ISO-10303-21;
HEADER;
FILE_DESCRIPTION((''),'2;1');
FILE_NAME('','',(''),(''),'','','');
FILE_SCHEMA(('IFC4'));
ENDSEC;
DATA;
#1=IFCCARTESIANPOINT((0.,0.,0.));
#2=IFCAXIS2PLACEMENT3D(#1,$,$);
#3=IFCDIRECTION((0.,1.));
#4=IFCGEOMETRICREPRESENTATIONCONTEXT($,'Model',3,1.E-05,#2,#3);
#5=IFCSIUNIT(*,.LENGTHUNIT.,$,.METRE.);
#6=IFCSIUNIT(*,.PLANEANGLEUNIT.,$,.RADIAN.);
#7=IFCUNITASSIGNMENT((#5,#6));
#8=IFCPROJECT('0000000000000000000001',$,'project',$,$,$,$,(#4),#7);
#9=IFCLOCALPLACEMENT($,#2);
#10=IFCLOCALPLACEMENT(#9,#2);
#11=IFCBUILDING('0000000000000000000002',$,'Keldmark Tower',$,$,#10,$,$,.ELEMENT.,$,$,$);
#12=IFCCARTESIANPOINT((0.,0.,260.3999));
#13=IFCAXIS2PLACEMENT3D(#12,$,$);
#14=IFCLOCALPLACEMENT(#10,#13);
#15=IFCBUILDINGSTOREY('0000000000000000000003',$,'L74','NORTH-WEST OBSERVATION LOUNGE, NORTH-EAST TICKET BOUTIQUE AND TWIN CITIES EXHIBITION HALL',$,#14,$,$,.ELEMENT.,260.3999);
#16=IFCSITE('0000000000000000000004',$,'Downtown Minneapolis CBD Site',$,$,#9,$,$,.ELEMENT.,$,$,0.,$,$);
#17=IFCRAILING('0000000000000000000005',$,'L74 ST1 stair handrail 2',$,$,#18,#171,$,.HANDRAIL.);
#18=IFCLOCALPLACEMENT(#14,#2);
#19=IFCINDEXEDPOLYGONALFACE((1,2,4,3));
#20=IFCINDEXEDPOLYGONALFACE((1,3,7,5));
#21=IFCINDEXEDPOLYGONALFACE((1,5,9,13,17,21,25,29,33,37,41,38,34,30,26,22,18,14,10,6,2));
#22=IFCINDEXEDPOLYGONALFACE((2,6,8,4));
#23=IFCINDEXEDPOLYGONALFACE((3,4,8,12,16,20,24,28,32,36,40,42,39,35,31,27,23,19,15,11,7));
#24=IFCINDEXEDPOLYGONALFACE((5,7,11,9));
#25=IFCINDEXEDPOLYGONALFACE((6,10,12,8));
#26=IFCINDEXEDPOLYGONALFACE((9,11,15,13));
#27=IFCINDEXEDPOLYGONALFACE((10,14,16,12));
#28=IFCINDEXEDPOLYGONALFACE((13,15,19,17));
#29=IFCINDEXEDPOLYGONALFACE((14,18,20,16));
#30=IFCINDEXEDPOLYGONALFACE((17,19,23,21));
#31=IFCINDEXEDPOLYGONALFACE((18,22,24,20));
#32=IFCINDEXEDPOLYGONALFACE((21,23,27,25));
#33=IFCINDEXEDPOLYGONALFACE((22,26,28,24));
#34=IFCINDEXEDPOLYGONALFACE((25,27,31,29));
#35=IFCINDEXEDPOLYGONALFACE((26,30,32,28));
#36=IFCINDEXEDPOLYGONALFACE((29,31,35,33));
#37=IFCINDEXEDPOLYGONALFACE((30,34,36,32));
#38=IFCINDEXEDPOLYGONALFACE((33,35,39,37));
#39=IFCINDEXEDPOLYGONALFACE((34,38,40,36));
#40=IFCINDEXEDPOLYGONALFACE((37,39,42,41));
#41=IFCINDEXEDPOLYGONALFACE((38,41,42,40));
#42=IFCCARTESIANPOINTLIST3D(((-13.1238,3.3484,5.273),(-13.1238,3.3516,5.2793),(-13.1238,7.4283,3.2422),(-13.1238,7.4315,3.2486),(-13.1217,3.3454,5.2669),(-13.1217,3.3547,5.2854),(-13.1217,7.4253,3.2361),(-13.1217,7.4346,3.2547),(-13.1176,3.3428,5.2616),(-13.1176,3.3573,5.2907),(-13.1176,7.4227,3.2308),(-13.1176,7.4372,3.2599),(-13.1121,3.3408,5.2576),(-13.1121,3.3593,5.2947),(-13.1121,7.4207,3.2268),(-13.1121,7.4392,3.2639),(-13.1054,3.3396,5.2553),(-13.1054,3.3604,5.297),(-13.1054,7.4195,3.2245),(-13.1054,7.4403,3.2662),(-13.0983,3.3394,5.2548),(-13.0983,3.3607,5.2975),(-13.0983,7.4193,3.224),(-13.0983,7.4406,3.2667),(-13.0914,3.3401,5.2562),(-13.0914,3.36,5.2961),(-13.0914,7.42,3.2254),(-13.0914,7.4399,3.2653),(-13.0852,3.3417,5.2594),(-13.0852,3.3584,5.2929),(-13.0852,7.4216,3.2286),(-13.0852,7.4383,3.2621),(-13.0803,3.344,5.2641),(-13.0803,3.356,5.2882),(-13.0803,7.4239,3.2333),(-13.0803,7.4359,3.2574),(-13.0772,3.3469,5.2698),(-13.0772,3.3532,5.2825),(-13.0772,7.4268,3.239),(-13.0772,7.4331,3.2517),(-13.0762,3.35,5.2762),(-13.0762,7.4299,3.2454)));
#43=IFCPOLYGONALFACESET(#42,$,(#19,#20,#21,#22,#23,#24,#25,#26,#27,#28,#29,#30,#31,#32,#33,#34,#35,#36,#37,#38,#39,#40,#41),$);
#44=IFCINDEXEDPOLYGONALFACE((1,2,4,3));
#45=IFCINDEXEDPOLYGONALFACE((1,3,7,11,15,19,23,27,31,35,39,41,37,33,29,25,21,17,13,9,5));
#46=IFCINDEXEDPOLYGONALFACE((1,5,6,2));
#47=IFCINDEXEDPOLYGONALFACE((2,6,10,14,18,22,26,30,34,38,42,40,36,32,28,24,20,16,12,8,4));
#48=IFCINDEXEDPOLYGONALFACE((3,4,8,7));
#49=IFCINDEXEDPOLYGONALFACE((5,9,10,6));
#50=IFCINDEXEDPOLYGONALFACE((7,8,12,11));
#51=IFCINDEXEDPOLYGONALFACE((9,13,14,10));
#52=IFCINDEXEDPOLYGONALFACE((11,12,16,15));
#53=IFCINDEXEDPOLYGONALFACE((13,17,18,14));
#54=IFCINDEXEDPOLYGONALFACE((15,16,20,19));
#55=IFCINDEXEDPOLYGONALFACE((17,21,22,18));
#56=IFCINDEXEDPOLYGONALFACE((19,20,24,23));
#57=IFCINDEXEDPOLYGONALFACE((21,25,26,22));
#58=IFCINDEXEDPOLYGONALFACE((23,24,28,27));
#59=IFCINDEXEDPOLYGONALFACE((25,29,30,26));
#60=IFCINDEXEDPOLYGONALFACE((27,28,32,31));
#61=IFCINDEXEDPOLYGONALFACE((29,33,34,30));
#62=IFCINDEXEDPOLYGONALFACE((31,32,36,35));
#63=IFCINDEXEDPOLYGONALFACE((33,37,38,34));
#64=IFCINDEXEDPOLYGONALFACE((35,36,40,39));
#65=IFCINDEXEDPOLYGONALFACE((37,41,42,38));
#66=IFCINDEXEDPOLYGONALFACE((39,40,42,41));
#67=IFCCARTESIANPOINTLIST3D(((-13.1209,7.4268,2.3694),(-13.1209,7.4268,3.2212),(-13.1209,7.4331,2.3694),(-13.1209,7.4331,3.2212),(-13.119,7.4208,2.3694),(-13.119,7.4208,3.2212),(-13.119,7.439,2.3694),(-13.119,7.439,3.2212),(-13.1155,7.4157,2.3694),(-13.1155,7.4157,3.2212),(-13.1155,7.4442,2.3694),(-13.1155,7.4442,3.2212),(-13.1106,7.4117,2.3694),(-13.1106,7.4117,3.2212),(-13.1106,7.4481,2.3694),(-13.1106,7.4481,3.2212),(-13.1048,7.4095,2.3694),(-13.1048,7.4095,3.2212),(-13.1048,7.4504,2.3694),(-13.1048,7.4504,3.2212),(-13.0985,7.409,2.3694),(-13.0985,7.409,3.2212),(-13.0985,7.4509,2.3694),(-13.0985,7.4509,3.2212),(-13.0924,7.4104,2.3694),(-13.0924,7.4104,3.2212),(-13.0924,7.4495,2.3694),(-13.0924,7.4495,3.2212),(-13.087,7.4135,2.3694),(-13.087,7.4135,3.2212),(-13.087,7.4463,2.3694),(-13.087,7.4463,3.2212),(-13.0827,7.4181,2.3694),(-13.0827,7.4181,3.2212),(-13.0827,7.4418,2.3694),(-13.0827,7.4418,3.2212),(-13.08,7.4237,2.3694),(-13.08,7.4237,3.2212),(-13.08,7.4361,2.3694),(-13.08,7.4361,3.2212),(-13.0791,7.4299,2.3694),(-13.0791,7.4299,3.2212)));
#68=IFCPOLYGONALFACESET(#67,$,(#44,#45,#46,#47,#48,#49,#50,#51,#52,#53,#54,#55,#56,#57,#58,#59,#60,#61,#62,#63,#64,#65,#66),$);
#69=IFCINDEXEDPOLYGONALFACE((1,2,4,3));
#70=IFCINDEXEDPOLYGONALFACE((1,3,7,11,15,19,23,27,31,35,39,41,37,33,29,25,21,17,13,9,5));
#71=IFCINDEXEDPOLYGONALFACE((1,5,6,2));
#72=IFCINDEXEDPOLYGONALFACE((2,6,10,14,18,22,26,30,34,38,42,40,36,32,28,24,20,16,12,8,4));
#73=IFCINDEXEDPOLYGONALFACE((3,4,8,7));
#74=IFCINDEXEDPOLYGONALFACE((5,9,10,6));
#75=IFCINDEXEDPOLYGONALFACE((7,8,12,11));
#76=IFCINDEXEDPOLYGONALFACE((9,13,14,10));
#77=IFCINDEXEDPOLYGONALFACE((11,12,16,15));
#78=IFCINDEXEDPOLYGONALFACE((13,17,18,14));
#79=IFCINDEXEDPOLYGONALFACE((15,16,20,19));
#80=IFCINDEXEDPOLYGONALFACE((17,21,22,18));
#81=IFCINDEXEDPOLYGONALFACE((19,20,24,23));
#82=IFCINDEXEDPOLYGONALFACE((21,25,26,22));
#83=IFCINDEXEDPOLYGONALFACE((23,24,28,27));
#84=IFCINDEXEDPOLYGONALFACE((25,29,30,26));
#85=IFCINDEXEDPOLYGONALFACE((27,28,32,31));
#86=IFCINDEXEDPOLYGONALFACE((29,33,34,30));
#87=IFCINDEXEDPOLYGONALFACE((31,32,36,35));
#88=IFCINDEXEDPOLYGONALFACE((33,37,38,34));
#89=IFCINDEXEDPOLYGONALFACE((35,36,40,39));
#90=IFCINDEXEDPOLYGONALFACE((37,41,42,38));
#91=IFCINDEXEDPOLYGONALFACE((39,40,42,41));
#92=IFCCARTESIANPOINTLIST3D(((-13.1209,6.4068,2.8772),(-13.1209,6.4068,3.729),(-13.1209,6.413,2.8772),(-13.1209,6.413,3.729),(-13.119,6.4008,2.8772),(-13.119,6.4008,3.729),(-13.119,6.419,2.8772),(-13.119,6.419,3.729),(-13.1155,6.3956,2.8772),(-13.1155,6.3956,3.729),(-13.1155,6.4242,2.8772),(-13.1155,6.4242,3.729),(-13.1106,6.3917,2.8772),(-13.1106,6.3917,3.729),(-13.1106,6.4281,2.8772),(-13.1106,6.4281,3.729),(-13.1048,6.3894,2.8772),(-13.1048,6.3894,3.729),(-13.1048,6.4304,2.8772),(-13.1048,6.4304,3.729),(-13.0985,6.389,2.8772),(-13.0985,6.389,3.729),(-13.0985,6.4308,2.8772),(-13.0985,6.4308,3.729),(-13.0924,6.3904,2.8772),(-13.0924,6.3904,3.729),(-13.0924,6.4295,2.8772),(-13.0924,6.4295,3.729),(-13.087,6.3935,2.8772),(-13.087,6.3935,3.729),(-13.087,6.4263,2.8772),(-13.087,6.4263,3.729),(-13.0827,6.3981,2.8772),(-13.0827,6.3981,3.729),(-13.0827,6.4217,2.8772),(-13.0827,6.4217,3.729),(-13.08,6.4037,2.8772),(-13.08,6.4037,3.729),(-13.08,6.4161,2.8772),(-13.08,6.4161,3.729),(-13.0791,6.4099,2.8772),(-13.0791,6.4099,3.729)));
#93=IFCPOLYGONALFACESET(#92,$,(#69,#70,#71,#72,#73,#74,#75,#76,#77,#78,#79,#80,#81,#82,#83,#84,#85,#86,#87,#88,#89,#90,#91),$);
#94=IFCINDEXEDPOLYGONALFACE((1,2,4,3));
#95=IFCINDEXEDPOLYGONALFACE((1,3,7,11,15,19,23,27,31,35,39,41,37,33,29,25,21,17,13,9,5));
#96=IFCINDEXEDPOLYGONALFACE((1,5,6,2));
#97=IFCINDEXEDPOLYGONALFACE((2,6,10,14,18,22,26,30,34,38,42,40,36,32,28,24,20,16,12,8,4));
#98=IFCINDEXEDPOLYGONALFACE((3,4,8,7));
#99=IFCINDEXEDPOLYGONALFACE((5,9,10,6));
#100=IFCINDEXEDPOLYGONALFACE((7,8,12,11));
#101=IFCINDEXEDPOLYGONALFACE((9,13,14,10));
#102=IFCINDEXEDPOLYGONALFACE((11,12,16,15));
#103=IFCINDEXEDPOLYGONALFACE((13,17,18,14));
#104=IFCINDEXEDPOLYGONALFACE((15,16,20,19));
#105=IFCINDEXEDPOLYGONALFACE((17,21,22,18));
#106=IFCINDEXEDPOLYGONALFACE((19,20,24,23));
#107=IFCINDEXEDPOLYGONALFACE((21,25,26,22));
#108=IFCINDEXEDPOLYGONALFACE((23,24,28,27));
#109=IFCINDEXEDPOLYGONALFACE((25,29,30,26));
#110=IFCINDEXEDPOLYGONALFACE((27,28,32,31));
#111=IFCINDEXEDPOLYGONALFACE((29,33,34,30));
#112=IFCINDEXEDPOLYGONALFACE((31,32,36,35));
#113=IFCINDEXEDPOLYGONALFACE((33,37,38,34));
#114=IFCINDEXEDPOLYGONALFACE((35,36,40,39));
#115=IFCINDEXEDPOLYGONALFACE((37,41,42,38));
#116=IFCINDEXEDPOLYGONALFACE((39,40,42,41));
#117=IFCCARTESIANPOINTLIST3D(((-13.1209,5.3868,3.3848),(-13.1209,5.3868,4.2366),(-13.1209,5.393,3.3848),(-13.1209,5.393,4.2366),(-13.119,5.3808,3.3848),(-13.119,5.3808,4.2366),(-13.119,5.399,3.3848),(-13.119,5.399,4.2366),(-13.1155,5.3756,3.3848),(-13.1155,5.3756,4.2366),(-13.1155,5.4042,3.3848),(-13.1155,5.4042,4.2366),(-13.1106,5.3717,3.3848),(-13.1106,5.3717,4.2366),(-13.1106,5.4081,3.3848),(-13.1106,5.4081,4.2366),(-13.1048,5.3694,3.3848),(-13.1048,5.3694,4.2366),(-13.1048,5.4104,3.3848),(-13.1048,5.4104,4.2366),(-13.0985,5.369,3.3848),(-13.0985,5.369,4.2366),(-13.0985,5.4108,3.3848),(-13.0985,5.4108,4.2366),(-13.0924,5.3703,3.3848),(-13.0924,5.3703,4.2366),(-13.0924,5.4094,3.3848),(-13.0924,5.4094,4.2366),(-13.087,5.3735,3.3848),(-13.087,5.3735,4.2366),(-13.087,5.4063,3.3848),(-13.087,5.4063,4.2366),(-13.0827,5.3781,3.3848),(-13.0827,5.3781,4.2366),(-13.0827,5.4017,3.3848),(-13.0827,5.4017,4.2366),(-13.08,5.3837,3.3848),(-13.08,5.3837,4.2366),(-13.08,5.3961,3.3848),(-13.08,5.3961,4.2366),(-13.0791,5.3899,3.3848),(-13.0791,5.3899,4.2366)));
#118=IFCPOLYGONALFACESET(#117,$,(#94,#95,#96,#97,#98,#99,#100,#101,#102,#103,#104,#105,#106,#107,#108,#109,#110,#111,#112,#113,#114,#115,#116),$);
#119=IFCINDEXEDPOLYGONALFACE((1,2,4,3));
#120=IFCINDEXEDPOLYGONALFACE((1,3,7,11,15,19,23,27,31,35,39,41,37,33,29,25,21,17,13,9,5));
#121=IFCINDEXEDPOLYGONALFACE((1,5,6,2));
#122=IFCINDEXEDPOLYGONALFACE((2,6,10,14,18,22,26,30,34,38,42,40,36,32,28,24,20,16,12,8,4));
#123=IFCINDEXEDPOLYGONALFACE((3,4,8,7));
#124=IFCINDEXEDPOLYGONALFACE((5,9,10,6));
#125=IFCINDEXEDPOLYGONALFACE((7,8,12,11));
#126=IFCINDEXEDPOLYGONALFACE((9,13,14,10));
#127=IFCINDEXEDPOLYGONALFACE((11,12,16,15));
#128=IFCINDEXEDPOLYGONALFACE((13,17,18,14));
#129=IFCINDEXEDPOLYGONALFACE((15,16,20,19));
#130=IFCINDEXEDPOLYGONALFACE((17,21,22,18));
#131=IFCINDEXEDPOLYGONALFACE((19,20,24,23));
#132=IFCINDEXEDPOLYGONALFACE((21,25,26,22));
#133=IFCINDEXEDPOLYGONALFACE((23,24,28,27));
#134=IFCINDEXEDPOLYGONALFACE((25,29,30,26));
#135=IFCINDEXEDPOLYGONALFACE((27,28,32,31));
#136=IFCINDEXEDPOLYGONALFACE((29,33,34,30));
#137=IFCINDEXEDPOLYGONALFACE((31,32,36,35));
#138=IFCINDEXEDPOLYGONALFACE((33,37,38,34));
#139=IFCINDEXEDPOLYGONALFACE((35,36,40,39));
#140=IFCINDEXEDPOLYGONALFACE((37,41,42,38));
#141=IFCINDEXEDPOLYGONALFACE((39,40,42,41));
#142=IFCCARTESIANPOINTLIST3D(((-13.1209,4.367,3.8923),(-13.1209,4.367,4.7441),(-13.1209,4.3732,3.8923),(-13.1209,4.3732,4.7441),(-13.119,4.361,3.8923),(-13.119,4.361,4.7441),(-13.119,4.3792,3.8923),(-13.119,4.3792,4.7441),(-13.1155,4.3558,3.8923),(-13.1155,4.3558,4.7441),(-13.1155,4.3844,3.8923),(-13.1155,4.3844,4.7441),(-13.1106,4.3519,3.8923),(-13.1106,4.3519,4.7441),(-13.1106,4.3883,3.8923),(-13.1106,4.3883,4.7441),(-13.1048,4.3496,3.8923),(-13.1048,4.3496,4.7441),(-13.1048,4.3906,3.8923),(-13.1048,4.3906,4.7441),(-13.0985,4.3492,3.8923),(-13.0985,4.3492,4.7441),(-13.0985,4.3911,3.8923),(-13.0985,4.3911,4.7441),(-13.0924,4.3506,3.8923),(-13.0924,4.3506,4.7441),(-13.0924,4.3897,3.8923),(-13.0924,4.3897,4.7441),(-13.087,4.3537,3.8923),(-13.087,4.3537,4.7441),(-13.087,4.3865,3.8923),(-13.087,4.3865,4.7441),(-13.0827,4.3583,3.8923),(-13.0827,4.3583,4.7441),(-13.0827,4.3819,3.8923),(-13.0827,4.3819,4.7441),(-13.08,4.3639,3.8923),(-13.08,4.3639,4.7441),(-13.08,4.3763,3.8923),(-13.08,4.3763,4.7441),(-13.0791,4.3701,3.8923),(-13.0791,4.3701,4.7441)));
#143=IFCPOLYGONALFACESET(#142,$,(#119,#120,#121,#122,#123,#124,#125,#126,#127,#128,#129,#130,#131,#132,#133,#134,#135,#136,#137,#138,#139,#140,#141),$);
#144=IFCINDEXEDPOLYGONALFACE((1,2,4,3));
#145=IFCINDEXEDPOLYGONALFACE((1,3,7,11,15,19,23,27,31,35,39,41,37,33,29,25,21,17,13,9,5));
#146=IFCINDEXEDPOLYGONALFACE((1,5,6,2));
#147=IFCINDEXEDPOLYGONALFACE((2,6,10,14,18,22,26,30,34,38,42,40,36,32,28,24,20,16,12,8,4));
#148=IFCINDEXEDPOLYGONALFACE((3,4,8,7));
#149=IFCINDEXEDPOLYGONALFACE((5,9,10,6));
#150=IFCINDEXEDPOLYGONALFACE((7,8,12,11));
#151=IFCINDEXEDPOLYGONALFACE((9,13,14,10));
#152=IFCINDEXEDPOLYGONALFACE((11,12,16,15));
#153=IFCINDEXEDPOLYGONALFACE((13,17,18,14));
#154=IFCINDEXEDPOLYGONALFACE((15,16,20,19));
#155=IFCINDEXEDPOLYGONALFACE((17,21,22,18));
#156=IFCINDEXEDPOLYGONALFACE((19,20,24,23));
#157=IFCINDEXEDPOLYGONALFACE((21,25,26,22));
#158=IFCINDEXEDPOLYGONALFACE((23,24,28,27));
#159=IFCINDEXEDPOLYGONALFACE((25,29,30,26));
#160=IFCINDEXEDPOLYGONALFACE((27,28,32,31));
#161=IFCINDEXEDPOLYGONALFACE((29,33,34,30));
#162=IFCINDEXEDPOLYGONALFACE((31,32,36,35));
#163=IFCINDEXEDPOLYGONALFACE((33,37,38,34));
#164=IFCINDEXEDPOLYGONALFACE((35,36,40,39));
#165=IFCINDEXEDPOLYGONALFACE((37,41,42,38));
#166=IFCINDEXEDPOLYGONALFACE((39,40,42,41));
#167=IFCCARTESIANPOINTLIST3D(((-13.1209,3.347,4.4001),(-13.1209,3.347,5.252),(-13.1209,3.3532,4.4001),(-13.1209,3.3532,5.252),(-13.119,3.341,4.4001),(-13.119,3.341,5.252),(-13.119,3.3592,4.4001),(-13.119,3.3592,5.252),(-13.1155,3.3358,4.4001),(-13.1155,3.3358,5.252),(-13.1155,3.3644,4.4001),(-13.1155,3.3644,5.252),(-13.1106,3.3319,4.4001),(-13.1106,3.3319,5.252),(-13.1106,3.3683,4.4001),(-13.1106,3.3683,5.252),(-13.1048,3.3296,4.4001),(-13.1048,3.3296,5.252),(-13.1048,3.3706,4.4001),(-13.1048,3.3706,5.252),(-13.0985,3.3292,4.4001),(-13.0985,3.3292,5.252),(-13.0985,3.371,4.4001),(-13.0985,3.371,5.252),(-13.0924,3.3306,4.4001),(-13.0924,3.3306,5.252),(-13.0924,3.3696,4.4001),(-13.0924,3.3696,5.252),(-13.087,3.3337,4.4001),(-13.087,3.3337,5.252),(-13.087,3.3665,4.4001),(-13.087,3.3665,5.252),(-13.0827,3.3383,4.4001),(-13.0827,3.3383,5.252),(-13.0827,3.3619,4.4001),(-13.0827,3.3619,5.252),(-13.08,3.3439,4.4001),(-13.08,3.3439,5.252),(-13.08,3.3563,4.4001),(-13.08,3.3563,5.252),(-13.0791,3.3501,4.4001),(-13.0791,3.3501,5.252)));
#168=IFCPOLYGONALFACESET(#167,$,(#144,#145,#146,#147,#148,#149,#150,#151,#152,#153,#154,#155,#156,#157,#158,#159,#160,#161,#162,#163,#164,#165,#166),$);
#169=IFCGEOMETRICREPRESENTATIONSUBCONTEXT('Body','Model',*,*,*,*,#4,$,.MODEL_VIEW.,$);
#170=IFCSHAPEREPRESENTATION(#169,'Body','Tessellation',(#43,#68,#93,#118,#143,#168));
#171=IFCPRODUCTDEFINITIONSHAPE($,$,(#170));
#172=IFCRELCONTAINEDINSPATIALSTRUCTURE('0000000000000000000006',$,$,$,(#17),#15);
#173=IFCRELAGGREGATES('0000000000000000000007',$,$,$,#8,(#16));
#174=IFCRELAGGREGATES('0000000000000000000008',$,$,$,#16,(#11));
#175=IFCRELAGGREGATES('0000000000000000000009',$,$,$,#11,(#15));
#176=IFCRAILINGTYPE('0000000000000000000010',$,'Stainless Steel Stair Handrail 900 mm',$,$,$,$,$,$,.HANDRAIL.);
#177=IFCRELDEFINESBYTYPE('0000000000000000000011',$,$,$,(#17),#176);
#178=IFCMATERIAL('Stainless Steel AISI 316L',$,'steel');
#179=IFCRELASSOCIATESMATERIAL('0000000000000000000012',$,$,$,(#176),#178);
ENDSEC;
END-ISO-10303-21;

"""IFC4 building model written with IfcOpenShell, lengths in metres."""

from ifc_helpers import new_model, si_unit, direction, frame, origin, origin_2d, place, context, subcontext, project, spatial, circle, extrude, material, type_object, element, save


model = new_model("IFC4")

# Units and contexts
model_context = context("Model", 3, precision=1e-05, world=origin(), true_north=direction((0.0, 1.0)))
body_context = subcontext(model_context, "Body", "Model", "MODEL_VIEW")
ifc_project = project(units=[si_unit("LENGTHUNIT", "METRE"), si_unit("PLANEANGLEUNIT", "RADIAN")], contexts=[model_context])

# Site, building, storey
site_placement = place(None, origin())
site = spatial("IfcSite", under=ifc_project, at=site_placement, Name="Downtown Minneapolis CBD Site", CompositionType="ELEMENT", RefElevation=0.0)
building_placement = place(site_placement, origin())
building = spatial("IfcBuilding", under=site, at=building_placement, Name="Keldmark Tower", CompositionType="ELEMENT")
storey_placement = place(building_placement, frame((0.0, 0.0, 260.3999)))
storey = spatial("IfcBuildingStorey", under=building, at=storey_placement, Name="L74", Description="NORTH-WEST OBSERVATION LOUNGE, NORTH-EAST TICKET BOUTIQUE AND TWIN CITIES EXHIBITION HALL", CompositionType="ELEMENT", Elevation=260.3999)

# Railing
ifc_material_1 = material(Name="Stainless Steel AISI 316L", Category="steel")
railing_type_1 = type_object("IfcRailingType", Name="Stainless Steel Stair Handrail 900 mm", PredefinedType="HANDRAIL", material=ifc_material_1)
railing_1_placement = place(storey_placement, frame((-13.1001, 7.4299, 2.3694)))
element("IfcRailing", 1, at=railing_1_placement, inside=storey, type_object=railing_type_1, Name="L74 ST1 stair handrail 2", PredefinedType="HANDRAIL", context=body_context, shape_type="SweptSolid", body=[
    extrude(circle(Radius=0.0239, at=origin_2d()), frame((0.0, 0.0, 0.876), z_axis=(0.0, -0.895229, 0.445606), x_axis=(1.0, 0.0, 0.0)), (0.0, 0.0, 1.0), 4.5574),
    extrude(circle(Radius=0.021, at=origin_2d()), origin(), (0.0, 0.0, 1.0), 0.8518),
    extrude(circle(Radius=0.021, at=origin_2d()), frame((0.0, -1.02, 0.5078)), (0.0, 0.0, 1.0), 0.8518),
    extrude(circle(Radius=0.021, at=origin_2d()), frame((0.0, -2.04, 1.0154)), (0.0, 0.0, 1.0), 0.8518),
    extrude(circle(Radius=0.021, at=origin_2d()), frame((0.0, -3.0598, 1.5229)), (0.0, 0.0, 1.0), 0.8518),
    extrude(circle(Radius=0.021, at=origin_2d()), frame((0.0, -4.0798, 2.0308)), (0.0, 0.0, 1.0), 0.8518),
])

save(model, "model.ifc")
